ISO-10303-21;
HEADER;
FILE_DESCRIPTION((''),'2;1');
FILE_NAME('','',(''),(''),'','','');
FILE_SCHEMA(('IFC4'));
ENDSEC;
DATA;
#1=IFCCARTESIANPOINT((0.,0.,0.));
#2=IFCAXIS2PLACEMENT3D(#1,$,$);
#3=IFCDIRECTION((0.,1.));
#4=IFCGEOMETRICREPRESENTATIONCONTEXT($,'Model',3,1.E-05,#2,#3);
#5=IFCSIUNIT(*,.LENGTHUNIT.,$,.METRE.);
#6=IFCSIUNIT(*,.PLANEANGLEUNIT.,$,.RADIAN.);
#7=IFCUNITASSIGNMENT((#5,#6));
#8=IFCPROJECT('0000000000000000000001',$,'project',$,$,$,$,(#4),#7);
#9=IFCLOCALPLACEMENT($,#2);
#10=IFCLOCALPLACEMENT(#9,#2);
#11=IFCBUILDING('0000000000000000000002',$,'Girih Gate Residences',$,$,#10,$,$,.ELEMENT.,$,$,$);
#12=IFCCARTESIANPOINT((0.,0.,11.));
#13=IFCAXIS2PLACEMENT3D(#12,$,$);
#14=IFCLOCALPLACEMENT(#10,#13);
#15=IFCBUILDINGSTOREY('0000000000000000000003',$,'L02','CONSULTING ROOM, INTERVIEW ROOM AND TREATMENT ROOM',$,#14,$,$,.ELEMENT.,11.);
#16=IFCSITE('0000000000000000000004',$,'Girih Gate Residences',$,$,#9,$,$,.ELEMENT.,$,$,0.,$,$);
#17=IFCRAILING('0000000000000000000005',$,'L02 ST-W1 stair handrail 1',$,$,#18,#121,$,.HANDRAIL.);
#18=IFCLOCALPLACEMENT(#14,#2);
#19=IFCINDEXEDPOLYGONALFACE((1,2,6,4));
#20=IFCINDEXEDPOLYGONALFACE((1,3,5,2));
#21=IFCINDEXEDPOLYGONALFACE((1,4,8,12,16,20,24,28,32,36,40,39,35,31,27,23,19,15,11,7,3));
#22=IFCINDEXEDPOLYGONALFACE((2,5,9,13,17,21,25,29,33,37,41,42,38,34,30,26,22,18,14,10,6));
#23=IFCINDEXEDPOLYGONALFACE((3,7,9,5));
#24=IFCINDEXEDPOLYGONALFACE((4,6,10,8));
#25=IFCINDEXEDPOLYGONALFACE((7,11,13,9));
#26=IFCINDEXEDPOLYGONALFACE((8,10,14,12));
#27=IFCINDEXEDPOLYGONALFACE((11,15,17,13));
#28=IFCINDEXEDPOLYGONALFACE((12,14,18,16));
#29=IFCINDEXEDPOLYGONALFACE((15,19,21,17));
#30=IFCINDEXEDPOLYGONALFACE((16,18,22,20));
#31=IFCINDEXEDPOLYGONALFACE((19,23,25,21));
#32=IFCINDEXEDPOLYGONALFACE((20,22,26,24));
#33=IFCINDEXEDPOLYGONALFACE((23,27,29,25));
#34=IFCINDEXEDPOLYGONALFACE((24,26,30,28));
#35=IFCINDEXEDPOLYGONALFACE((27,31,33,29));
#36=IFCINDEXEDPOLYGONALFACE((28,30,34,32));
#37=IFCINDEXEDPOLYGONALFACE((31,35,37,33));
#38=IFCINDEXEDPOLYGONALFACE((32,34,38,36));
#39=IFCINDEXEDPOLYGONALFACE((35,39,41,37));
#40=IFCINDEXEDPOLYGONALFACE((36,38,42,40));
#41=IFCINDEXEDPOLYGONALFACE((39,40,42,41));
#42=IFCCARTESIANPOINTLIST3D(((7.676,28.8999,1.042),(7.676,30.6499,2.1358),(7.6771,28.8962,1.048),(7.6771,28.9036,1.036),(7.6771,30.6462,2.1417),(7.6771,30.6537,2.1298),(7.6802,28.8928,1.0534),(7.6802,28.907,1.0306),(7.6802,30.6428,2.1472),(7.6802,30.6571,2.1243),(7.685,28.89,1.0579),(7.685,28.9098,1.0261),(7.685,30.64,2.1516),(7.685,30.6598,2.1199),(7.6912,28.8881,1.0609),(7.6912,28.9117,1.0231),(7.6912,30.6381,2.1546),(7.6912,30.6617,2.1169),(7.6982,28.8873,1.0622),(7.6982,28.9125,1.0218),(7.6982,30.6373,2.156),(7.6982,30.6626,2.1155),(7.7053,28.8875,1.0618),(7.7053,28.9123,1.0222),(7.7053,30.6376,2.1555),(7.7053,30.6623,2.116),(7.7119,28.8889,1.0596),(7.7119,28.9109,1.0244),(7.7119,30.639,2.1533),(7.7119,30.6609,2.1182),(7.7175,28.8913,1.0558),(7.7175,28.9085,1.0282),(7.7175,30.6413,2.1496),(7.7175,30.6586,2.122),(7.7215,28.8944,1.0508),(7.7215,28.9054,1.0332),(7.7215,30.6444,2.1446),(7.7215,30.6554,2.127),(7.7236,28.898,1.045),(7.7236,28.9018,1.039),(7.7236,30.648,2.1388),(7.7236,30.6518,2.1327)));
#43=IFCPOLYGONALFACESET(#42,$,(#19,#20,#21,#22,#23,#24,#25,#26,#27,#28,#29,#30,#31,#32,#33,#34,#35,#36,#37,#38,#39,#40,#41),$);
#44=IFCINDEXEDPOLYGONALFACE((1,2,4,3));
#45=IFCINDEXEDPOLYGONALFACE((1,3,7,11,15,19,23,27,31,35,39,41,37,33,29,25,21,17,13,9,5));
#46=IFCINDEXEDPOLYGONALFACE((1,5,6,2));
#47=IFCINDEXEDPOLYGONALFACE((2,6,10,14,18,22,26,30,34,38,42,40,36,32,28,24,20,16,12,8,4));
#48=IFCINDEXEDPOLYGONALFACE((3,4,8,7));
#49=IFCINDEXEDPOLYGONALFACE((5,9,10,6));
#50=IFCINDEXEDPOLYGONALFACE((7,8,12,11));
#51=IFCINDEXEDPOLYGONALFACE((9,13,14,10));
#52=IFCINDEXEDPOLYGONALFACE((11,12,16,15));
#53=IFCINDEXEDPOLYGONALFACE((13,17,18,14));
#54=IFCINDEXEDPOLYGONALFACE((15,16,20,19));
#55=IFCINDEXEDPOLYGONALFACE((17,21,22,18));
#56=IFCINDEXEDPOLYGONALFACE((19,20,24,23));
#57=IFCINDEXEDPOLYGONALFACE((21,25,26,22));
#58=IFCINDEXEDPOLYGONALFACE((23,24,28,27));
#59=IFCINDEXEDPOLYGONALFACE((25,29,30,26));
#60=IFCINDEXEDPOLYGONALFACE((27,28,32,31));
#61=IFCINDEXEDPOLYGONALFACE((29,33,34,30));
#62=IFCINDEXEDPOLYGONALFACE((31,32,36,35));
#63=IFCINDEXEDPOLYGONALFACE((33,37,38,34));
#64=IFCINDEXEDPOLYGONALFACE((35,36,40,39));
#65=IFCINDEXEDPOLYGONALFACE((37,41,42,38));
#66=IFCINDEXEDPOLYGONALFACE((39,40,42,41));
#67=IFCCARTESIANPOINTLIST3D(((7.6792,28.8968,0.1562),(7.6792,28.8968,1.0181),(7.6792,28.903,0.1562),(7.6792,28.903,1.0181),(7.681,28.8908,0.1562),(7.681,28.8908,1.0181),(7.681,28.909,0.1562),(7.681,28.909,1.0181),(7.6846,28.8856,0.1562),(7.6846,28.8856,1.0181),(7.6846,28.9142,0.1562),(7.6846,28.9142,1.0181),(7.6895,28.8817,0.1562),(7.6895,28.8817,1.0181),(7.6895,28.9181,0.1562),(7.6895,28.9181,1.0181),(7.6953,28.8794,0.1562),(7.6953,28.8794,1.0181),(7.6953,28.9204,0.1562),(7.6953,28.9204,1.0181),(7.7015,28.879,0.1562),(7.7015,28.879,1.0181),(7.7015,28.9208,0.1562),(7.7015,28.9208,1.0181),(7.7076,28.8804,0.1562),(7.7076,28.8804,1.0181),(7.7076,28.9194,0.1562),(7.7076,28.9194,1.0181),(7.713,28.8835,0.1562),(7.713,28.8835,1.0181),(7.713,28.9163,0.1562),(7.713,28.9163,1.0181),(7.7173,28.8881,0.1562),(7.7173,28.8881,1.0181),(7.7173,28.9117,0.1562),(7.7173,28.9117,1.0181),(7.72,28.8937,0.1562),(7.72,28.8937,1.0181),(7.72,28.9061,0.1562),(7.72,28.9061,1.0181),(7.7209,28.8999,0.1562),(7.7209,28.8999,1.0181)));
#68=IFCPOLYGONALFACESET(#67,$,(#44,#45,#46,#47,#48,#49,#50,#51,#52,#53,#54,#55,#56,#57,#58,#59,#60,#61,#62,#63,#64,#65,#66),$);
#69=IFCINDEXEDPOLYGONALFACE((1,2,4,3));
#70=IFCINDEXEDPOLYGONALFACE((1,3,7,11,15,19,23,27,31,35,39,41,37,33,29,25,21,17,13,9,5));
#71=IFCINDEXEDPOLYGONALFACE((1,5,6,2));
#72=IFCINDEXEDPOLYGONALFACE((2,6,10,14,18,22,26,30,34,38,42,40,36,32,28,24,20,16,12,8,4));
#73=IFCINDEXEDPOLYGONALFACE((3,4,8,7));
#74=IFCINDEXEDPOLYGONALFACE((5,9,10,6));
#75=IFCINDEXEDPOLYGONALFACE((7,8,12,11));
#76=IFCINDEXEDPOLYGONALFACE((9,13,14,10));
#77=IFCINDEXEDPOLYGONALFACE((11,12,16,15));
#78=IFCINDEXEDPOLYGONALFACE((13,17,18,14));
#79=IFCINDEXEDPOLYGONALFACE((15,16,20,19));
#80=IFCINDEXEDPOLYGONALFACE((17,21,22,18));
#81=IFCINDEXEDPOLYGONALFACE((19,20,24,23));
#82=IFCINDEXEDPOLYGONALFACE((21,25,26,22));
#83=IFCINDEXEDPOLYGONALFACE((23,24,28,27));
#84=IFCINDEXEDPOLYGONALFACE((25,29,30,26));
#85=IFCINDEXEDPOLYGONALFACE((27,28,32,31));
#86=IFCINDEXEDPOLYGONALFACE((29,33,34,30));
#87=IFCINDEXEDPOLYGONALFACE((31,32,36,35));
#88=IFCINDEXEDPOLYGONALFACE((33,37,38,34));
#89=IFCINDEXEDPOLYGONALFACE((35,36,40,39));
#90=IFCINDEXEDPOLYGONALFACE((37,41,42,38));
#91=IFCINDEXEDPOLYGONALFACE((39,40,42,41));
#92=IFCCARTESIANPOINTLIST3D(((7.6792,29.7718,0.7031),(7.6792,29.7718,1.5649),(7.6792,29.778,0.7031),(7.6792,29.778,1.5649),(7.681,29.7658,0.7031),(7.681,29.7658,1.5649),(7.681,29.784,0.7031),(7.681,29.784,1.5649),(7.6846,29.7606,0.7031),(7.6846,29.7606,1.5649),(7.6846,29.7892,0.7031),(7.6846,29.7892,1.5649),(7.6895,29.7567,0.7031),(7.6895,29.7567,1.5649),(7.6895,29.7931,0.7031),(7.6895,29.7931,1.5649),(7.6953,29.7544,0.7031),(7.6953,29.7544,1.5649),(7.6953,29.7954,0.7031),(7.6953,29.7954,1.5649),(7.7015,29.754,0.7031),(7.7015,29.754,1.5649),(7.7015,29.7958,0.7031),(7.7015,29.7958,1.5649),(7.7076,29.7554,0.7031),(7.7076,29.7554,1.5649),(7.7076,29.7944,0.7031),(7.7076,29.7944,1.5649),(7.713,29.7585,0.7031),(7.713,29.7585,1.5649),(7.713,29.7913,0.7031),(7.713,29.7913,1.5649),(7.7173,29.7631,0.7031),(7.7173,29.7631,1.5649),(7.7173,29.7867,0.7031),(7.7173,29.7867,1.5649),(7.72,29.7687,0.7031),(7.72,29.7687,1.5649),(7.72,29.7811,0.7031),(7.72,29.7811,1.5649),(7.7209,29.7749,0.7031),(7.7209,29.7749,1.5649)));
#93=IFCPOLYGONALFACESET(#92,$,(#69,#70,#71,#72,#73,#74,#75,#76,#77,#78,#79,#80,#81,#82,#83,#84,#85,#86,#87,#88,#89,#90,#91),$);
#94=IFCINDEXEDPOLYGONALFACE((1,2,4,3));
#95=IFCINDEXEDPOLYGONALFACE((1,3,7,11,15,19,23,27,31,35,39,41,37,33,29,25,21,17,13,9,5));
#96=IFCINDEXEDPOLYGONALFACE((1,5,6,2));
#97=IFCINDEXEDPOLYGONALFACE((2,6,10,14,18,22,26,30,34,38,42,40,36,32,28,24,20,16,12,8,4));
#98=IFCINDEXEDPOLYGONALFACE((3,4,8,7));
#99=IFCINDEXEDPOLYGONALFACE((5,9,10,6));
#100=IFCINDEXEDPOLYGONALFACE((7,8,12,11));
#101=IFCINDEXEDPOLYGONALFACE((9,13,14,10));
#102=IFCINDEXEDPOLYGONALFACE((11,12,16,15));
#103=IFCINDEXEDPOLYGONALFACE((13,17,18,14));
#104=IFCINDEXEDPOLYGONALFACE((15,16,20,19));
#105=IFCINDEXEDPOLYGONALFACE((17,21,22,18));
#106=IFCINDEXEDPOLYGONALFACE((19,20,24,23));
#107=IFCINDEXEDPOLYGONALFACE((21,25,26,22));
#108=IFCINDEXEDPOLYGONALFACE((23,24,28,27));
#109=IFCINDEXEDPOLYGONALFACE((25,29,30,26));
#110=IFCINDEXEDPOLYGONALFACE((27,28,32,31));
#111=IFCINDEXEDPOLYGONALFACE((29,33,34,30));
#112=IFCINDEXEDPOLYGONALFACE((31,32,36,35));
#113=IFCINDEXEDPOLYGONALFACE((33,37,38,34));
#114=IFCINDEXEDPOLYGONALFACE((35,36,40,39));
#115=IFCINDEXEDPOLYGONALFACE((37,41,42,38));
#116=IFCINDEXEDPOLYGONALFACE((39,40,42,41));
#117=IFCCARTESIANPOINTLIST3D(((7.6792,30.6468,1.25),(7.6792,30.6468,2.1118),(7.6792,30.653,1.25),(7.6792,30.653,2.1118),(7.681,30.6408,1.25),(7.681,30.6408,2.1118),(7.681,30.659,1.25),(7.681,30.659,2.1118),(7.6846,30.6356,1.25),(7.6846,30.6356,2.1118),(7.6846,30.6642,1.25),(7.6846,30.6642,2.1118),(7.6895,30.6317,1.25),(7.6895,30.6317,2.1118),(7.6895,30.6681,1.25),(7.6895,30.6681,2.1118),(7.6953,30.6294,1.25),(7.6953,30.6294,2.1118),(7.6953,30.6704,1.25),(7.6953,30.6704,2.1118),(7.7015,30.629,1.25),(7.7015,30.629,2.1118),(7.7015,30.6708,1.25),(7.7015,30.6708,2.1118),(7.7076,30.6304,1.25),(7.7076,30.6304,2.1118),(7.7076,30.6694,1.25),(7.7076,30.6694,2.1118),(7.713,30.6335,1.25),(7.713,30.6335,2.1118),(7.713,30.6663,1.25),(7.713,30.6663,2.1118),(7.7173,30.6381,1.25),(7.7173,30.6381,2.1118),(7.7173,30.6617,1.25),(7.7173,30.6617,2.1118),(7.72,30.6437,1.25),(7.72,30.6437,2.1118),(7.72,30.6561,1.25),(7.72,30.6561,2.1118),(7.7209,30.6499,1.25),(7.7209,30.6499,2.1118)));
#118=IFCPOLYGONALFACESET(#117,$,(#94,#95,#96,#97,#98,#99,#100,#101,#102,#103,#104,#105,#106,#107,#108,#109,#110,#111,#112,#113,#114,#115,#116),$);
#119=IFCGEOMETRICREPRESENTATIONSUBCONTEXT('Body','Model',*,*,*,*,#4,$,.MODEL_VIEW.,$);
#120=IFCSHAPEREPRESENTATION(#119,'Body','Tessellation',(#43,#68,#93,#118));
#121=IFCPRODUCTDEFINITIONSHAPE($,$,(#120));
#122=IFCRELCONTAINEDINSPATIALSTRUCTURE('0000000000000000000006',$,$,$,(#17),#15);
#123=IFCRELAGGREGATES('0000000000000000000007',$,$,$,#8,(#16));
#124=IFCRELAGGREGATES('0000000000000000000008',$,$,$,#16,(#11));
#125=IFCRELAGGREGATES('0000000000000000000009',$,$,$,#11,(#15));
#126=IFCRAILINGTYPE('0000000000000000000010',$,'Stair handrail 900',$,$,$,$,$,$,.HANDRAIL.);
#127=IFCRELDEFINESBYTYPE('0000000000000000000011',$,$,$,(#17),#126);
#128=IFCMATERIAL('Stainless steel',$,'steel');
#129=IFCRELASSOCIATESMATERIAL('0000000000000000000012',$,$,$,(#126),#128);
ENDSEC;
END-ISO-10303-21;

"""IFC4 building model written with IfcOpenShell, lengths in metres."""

from ifc_helpers import new_model, si_unit, direction, frame, origin, origin_2d, place, context, subcontext, project, spatial, circle, extrude, material, type_object, element, save


model = new_model("IFC4")

# Units and contexts
model_context = context("Model", 3, precision=1e-05, world=origin(), true_north=direction((0.0, 1.0)))
body_context = subcontext(model_context, "Body", "Model", "MODEL_VIEW")
ifc_project = project(units=[si_unit("LENGTHUNIT", "METRE"), si_unit("PLANEANGLEUNIT", "RADIAN")], contexts=[model_context])

# Site, building, storey
site_placement = place(None, origin())
site = spatial("IfcSite", under=ifc_project, at=site_placement, Name="Girih Gate Residences", CompositionType="ELEMENT", RefElevation=0.0)
building_placement = place(site_placement, origin())
building = spatial("IfcBuilding", under=site, at=building_placement, Name="Girih Gate Residences", CompositionType="ELEMENT")
storey_placement = place(building_placement, frame((0.0, 0.0, 11.0)))
storey = spatial("IfcBuildingStorey", under=building, at=storey_placement, Name="L02", Description="CONSULTING ROOM, INTERVIEW ROOM AND TREATMENT ROOM", CompositionType="ELEMENT", Elevation=11.0)

# Railing
ifc_material_1 = material(Name="Stainless steel", Category="steel")
railing_type_1 = type_object("IfcRailingType", Name="Stair handrail 900", PredefinedType="HANDRAIL", material=ifc_material_1)
railing_1_placement = place(storey_placement, frame((7.7, 28.8999, 0.1562)))
element("IfcRailing", 1, at=railing_1_placement, inside=storey, type_object=railing_type_1, Name="L02 ST-W1 stair handrail 1", PredefinedType="HANDRAIL", context=body_context, shape_type="SweptSolid", body=[
    extrude(circle(Radius=0.0239, at=origin_2d()), frame((0.0, 0.0, 0.8857), z_axis=(0.0, 0.847998, 0.529999), x_axis=(-1.0, 0.0, 0.0)), (0.0, 0.0, 1.0), 2.0637),
    extrude(circle(Radius=0.021, at=origin_2d()), origin(), (0.0, 0.0, 1.0), 0.8618),
    extrude(circle(Radius=0.021, at=origin_2d()), frame((0.0, 0.875, 0.5469)), (0.0, 0.0, 1.0), 0.8618),
    extrude(circle(Radius=0.021, at=origin_2d()), frame((0.0, 1.75, 1.0938)), (0.0, 0.0, 1.0), 0.8618),
])

save(model, "model.ifc")
